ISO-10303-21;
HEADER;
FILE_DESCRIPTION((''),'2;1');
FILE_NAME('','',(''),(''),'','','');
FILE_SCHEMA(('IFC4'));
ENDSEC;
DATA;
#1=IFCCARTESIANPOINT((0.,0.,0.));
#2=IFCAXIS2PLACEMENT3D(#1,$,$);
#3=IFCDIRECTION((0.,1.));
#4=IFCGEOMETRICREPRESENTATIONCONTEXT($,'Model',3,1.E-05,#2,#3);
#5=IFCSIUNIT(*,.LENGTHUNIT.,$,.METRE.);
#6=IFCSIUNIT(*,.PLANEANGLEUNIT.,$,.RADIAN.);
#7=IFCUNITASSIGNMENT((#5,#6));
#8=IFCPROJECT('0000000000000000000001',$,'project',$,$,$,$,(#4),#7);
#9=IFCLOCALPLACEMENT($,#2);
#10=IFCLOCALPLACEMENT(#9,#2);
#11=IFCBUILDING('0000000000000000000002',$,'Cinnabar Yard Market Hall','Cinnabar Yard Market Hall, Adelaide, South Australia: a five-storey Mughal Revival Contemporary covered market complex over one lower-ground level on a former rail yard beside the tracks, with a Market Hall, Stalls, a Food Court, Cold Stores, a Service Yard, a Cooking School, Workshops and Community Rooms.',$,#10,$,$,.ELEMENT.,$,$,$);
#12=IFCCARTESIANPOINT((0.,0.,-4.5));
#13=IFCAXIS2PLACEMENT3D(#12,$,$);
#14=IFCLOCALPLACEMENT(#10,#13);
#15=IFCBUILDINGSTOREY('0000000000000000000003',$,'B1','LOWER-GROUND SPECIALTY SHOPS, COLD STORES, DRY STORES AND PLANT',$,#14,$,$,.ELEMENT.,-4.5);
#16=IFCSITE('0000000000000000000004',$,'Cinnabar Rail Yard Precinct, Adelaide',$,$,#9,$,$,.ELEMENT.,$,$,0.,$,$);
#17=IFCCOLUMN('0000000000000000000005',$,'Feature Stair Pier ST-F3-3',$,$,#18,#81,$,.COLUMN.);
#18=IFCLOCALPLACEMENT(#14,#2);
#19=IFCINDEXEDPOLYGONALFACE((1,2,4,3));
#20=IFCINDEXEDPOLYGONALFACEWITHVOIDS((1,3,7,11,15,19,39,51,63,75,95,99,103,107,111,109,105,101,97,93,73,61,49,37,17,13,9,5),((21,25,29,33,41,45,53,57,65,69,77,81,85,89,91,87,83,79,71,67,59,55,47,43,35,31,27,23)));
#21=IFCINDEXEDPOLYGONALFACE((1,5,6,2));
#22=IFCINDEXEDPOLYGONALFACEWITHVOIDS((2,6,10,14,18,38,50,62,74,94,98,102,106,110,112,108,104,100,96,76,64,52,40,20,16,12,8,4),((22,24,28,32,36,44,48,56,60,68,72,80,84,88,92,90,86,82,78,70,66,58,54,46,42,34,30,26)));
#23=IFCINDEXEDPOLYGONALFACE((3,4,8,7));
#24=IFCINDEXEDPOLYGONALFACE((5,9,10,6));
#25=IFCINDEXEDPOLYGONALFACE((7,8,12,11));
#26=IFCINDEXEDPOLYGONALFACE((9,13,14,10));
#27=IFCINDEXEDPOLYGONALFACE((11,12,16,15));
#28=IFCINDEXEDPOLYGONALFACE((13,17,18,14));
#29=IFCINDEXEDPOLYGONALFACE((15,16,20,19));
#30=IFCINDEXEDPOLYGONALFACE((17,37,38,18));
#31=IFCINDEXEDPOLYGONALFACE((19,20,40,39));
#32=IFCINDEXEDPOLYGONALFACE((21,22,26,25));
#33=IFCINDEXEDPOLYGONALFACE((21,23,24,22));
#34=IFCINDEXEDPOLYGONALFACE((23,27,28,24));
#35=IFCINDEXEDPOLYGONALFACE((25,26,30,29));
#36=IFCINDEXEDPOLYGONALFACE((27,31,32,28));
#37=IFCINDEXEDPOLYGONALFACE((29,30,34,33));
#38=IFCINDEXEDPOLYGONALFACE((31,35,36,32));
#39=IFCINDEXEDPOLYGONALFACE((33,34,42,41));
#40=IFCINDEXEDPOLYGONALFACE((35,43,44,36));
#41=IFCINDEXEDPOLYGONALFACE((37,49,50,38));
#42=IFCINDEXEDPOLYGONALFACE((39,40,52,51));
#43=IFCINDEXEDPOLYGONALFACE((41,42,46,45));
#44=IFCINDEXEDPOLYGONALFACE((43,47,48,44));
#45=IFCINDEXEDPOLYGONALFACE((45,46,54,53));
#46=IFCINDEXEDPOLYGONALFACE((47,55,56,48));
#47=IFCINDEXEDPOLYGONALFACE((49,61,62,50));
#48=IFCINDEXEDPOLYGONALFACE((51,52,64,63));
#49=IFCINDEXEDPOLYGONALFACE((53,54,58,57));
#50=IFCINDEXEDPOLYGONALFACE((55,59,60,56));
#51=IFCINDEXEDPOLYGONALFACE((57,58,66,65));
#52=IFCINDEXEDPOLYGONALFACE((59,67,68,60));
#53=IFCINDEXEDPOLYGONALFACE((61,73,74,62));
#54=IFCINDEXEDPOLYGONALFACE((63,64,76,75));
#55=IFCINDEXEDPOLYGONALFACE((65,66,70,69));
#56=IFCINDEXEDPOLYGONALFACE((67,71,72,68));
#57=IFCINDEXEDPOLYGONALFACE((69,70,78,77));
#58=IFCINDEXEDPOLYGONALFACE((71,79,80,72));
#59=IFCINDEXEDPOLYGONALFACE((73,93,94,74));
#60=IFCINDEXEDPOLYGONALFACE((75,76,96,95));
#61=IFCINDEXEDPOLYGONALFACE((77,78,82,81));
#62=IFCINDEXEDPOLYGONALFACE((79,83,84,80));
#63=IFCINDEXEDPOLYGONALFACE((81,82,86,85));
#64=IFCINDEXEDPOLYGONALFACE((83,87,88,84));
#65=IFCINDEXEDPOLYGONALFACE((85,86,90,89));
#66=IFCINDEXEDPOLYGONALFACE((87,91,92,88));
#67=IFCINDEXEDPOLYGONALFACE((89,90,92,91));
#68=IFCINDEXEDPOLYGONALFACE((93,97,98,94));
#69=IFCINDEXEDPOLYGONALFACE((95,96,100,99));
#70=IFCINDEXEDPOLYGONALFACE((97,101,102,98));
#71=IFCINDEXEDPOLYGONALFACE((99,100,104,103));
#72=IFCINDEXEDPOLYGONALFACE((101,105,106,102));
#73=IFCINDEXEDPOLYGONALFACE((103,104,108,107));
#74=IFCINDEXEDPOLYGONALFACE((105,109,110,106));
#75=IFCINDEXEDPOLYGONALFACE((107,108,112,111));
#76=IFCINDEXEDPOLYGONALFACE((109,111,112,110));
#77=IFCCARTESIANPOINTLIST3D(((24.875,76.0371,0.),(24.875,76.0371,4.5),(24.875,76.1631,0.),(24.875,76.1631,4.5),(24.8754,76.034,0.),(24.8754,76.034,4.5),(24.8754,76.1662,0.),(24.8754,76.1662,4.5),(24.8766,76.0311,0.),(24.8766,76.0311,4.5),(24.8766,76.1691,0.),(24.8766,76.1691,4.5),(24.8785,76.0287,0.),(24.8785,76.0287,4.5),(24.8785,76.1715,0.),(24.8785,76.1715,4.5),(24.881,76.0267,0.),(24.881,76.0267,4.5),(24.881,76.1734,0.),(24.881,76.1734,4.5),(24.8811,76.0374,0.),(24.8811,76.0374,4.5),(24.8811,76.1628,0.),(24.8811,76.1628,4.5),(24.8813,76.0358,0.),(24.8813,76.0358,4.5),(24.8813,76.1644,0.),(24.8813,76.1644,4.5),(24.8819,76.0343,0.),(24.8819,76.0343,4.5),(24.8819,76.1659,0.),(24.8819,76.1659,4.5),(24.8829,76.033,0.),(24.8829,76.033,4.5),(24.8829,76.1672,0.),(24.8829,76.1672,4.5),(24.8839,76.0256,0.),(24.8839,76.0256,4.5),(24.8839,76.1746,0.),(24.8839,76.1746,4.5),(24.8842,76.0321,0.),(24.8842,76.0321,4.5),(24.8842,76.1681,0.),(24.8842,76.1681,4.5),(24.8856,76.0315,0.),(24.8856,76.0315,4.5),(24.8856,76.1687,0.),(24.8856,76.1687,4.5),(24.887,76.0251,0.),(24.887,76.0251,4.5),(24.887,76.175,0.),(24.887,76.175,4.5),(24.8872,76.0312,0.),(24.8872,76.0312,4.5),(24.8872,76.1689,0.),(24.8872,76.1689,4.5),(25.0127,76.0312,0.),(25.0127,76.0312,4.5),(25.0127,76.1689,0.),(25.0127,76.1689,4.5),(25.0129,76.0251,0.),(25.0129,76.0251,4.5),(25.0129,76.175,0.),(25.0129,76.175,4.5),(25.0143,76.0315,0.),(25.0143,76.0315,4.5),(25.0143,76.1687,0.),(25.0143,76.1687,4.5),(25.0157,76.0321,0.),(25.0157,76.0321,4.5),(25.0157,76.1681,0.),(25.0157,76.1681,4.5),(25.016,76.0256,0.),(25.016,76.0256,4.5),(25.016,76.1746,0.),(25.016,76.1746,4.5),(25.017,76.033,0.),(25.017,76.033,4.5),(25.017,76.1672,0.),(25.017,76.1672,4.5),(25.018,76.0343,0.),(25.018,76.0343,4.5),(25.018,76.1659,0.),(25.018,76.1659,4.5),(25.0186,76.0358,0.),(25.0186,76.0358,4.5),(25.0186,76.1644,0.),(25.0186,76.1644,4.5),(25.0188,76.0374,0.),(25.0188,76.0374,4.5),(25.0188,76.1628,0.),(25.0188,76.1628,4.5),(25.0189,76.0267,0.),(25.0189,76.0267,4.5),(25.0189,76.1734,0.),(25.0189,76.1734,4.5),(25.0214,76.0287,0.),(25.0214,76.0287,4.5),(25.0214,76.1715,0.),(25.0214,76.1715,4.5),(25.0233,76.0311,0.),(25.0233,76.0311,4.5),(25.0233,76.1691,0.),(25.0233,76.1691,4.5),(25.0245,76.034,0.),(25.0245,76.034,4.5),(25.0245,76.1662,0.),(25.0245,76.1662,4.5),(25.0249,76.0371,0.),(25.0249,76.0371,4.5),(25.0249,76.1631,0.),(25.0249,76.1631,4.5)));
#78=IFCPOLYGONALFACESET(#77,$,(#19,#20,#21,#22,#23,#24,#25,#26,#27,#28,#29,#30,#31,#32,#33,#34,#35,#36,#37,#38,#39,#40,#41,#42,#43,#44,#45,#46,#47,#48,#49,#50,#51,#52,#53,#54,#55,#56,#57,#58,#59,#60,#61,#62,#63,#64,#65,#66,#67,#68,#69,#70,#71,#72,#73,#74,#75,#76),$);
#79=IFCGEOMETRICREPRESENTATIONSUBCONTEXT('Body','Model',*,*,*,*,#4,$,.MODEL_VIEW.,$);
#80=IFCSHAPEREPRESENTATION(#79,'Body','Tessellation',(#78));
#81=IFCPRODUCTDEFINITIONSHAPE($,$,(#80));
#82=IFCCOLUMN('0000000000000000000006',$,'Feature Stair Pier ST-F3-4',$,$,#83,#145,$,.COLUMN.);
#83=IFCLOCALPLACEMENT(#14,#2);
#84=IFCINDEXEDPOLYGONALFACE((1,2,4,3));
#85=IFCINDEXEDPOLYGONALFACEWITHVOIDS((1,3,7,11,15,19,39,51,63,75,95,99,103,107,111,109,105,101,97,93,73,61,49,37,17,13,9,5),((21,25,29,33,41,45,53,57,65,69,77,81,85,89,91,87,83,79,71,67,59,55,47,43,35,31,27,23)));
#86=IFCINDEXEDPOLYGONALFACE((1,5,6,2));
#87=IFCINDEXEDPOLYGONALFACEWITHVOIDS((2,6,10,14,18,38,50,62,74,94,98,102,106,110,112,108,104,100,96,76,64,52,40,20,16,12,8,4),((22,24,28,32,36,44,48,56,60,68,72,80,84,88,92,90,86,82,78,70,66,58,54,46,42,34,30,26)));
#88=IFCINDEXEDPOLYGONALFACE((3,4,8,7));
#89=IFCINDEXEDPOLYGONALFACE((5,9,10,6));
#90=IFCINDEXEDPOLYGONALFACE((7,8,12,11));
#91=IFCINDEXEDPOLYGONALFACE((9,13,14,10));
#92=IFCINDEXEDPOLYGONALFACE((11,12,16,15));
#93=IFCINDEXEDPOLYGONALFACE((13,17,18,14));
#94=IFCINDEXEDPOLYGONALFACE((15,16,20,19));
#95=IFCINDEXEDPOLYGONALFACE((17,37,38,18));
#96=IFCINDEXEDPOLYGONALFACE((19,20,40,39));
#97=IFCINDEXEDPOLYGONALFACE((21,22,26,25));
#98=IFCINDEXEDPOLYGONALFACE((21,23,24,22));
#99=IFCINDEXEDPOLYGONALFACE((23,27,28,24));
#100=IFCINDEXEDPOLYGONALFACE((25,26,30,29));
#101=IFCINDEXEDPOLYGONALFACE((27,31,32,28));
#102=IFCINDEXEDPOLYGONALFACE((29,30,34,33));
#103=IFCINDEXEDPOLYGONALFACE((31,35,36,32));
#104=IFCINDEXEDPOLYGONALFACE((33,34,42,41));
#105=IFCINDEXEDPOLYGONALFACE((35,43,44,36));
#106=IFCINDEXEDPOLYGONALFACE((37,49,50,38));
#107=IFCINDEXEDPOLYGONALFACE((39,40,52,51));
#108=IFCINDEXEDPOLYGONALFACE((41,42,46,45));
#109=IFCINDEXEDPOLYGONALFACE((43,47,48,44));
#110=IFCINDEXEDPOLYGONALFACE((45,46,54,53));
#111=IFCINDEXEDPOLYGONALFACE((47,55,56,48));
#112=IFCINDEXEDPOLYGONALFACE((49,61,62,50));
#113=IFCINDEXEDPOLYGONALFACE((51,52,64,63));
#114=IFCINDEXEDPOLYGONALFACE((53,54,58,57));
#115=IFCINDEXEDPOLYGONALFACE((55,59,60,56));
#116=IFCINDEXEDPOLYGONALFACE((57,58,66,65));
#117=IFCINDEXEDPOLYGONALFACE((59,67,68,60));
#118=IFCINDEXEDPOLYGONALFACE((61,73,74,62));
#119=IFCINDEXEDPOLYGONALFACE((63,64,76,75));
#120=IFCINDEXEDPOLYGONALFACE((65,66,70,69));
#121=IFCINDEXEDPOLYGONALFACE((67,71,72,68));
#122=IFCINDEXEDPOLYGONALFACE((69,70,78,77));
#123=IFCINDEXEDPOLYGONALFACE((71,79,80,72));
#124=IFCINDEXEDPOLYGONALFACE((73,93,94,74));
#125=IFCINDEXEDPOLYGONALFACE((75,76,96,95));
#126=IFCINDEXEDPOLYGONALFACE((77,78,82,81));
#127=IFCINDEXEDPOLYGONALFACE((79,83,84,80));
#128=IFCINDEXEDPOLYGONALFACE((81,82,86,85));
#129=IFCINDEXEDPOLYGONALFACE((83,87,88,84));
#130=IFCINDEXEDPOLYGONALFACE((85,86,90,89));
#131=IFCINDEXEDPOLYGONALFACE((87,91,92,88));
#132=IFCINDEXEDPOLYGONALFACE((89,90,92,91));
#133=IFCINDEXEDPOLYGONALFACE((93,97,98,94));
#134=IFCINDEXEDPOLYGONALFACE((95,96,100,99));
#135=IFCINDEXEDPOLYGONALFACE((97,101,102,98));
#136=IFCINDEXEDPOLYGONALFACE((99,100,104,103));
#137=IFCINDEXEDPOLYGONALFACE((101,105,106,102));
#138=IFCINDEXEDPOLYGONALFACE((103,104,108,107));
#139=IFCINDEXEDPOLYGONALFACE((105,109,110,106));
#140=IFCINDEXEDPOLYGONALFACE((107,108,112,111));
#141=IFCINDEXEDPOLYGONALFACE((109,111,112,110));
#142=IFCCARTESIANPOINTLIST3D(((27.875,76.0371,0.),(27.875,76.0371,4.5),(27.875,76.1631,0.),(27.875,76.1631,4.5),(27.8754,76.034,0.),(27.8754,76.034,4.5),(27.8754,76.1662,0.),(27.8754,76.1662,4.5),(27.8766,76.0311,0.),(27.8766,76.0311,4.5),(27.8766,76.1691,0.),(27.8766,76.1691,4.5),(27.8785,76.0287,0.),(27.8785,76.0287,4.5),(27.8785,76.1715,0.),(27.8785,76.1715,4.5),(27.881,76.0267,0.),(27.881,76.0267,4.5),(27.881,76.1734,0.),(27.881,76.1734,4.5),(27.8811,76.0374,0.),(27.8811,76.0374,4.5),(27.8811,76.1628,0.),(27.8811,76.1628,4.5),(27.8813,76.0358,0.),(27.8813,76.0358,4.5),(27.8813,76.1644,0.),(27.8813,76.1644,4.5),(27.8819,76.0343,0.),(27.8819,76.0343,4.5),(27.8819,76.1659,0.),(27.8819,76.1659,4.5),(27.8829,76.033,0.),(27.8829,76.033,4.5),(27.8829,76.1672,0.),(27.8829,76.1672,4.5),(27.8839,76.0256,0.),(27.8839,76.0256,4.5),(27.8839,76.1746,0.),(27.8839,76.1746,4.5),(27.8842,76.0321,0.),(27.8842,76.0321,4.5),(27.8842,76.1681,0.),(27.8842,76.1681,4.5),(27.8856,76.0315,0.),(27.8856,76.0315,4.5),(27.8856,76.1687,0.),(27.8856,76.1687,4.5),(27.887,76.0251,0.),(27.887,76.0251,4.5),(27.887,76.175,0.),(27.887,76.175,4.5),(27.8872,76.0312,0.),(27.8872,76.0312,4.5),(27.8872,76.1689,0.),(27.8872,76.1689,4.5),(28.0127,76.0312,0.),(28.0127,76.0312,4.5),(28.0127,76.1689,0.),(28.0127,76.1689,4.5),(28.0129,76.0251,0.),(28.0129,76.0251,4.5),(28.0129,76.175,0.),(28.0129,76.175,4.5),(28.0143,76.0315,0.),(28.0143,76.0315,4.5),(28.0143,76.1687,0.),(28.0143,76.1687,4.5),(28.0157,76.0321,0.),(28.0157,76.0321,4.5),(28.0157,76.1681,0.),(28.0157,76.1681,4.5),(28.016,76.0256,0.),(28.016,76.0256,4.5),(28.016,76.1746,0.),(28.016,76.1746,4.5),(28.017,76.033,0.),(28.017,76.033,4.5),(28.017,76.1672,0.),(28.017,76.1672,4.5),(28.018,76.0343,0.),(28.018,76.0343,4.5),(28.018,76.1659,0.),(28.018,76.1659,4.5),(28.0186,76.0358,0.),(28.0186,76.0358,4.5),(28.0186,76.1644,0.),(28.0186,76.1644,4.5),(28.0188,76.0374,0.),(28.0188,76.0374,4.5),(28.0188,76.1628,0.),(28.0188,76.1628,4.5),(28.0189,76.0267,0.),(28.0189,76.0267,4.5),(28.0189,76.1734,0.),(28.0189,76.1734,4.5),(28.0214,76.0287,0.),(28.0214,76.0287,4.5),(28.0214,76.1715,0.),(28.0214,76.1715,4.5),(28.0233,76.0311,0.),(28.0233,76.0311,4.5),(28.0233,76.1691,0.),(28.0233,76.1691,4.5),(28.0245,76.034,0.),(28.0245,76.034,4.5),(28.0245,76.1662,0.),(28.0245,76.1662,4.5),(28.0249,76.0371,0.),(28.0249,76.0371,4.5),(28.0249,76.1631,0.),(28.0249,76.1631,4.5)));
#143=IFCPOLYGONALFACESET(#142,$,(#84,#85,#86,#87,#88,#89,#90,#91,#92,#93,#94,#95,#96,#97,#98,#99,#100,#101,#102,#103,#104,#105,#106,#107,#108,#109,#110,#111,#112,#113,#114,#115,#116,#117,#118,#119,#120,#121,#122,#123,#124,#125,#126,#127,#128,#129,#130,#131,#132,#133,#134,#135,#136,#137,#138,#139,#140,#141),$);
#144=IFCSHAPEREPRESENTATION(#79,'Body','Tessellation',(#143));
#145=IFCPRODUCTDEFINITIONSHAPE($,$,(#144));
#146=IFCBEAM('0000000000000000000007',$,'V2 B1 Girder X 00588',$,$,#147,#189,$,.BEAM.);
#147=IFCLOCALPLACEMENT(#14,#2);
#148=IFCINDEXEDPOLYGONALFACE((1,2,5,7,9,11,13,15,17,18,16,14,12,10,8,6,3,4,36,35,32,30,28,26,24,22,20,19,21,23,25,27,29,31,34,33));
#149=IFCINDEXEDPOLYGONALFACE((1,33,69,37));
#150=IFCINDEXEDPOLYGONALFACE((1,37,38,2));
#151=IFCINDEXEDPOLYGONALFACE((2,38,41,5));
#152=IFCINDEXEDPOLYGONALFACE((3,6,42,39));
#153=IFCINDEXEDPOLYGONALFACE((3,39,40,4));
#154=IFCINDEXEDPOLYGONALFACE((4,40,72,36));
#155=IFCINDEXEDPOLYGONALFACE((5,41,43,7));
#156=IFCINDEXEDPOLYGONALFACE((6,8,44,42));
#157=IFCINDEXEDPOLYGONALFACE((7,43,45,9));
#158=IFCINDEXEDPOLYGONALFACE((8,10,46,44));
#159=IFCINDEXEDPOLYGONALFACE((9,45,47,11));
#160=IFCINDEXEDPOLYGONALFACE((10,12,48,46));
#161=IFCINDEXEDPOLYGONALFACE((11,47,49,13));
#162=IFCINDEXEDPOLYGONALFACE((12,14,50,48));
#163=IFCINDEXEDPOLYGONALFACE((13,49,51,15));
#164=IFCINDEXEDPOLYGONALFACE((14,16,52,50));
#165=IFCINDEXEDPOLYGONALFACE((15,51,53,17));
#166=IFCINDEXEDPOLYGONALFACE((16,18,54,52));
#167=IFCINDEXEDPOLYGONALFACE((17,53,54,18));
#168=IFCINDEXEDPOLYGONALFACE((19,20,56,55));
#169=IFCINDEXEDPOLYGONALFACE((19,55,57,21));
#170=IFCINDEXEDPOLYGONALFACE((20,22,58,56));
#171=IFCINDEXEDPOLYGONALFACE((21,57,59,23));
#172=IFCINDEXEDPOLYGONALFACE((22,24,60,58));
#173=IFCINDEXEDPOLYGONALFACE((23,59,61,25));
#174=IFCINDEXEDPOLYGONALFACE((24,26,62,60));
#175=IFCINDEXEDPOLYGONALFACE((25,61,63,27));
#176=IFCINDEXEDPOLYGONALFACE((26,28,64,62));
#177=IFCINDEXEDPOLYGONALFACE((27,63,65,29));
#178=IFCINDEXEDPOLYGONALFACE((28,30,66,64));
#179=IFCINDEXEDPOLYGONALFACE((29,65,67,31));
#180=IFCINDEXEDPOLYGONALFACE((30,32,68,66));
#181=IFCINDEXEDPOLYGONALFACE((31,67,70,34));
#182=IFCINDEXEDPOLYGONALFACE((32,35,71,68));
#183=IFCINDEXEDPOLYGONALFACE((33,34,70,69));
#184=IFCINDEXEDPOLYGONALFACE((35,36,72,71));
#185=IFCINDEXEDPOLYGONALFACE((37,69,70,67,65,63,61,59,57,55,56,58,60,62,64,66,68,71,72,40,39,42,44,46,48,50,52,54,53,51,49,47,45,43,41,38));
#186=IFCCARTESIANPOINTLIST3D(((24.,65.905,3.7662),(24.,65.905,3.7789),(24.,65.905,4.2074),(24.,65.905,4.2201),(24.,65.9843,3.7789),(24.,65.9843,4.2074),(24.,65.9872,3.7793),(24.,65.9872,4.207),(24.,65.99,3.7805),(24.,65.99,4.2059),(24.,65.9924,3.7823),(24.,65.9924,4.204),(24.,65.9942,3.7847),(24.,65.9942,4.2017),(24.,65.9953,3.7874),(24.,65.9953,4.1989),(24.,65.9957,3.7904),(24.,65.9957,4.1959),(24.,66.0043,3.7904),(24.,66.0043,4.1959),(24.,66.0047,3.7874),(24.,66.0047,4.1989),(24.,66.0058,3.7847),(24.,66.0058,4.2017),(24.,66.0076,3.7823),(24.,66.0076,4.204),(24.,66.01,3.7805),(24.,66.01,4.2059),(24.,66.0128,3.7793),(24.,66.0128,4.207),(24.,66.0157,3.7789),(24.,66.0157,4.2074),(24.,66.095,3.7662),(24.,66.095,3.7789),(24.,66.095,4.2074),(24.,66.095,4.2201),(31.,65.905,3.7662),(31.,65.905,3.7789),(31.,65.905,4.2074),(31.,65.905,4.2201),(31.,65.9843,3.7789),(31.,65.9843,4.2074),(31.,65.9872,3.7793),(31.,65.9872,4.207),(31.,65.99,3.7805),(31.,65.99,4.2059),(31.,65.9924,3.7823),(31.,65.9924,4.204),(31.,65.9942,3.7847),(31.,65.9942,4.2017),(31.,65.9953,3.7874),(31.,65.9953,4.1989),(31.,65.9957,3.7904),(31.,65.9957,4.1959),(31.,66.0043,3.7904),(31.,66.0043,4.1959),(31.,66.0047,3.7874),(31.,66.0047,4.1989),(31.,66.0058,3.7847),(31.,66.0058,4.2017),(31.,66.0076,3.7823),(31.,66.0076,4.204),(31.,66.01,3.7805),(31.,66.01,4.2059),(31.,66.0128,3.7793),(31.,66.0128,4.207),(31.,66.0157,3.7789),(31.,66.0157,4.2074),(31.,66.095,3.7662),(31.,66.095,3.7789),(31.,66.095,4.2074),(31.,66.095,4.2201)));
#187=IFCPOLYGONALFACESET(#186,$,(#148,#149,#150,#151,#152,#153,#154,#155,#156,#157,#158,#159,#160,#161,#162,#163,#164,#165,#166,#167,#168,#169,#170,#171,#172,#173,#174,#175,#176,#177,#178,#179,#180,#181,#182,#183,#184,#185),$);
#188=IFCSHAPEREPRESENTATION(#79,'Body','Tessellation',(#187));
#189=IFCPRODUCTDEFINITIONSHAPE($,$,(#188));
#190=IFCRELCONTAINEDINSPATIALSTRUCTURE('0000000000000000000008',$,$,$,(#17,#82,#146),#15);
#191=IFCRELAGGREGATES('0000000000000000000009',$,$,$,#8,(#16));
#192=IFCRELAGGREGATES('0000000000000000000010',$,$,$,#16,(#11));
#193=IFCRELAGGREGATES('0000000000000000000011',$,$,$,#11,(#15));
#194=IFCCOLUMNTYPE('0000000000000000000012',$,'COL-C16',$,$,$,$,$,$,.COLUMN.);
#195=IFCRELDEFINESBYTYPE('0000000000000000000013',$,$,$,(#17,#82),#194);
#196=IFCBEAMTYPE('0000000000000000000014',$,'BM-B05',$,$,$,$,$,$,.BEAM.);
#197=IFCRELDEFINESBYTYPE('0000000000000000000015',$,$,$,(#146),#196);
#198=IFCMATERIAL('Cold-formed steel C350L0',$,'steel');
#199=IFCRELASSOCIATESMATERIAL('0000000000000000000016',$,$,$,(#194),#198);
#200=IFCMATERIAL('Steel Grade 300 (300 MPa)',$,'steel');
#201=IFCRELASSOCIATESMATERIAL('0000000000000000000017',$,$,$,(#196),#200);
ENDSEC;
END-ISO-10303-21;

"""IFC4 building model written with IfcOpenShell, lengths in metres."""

from ifc_helpers import new_model, si_unit, direction, frame, origin, origin_2d_with_axis, place, context, subcontext, project, spatial, hollow_rectangle, i_section, extrude, material, material_profile, profile_set, type_object, element, save


model = new_model("IFC4")

# Units and contexts
model_context = context("Model", 3, precision=1e-05, world=origin(), true_north=direction((0.0, 1.0)))
body_context = subcontext(model_context, "Body", "Model", "MODEL_VIEW")
ifc_project = project(units=[si_unit("LENGTHUNIT", "METRE"), si_unit("PLANEANGLEUNIT", "RADIAN")], contexts=[model_context])

# Site, building, storey
site_placement = place(None, origin())
site = spatial("IfcSite", under=ifc_project, at=site_placement, Name="Cinnabar Rail Yard Precinct, Adelaide", CompositionType="ELEMENT", RefElevation=0.0)
building_placement = place(site_placement, origin())
building = spatial("IfcBuilding", under=site, at=building_placement, Name="Cinnabar Yard Market Hall", Description="Cinnabar Yard Market Hall, Adelaide, South Australia: a five-storey Mughal Revival Contemporary covered market complex over one lower-ground level on a former rail yard beside the tracks, with a Market Hall, Stalls, a Food Court, Cold Stores, a Service Yard, a Cooking School, Workshops and Community Rooms.", CompositionType="ELEMENT")
storey_placement = place(building_placement, frame((0.0, 0.0, -4.5)))
storey = spatial("IfcBuildingStorey", under=building, at=storey_placement, Name="B1", Description="LOWER-GROUND SPECIALTY SHOPS, COLD STORES, DRY STORES AND PLANT", CompositionType="ELEMENT", Elevation=-4.5)

# Columns
ifc_material_1 = material(Name="Steel Grade 300 (300 MPa)", Category="steel")
ifc_material_2 = material(Name="Cold-formed steel C350L0", Category="steel")
ifc_material_profile_1 = material_profile(ifc_material_2, hollow_rectangle(XDim=0.1499, YDim=0.1499, WallThickness=0.0061, InnerFilletRadius=0.0061, OuterFilletRadius=0.012, at=origin_2d_with_axis()), Name="150x150x6.0SHS")
ifc_profile_set_1 = profile_set([ifc_material_profile_1], Name="Cold-formed steel C350L0")
column_type_1 = type_object("IfcColumnType", Name="COL-C16", PredefinedType="COLUMN", material=ifc_profile_set_1)
for number, where, z_axis, x_axis, name in (
    (1, (24.95, 76.1001, 0.0), (0.0, 0.0, 1.0), (1.0, 0.0, 0.0), "Feature Stair Pier ST-F3-3"),
    (2, (27.95, 76.1001, 0.0), (0.0, 0.0, 1.0), (1.0, 0.0, 0.0), "Feature Stair Pier ST-F3-4"),
):
    element("IfcColumn", number, at=place(storey_placement, frame(where, z_axis=z_axis, x_axis=x_axis)), inside=storey, type_object=column_type_1, Name=name, PredefinedType="COLUMN", context=body_context, shape_type="SweptSolid", body=[
        extrude(hollow_rectangle(XDim=0.1499, YDim=0.1499, WallThickness=0.0061, InnerFilletRadius=0.0061, OuterFilletRadius=0.012, at=origin_2d_with_axis()), origin(), (0.0, 0.0, 1.0), 4.5),
    ])

# Beam
ifc_material_profile_2 = material_profile(ifc_material_1, i_section(OverallWidth=0.1899, OverallDepth=0.4539, WebThickness=0.0085, FlangeThickness=0.0127, FilletRadius=0.0115, at=origin_2d_with_axis()), Name="460UB67.1")
ifc_profile_set_2 = profile_set([ifc_material_profile_2], Name="Steel Grade 300 (300 MPa)")
beam_type_1 = type_object("IfcBeamType", Name="BM-B05", PredefinedType="BEAM", material=ifc_profile_set_2)
for number, where, z_axis, x_axis, name in (
    (3, (24.0, 66.0, 3.9932), (1.0, 0.0, 0.0), (0.0, 1.0, 0.0), "V2 B1 Girder X 00588"),
):
    element("IfcBeam", number, at=place(storey_placement, frame(where, z_axis=z_axis, x_axis=x_axis)), inside=storey, type_object=beam_type_1, Name=name, PredefinedType="BEAM", context=body_context, shape_type="SweptSolid", body=[
        extrude(i_section(OverallWidth=0.1899, OverallDepth=0.4539, WebThickness=0.0085, FlangeThickness=0.0127, FilletRadius=0.0115, at=origin_2d_with_axis()), origin(), (0.0, 0.0, 1.0), 7.0),
    ])

save(model, "model.ifc")
